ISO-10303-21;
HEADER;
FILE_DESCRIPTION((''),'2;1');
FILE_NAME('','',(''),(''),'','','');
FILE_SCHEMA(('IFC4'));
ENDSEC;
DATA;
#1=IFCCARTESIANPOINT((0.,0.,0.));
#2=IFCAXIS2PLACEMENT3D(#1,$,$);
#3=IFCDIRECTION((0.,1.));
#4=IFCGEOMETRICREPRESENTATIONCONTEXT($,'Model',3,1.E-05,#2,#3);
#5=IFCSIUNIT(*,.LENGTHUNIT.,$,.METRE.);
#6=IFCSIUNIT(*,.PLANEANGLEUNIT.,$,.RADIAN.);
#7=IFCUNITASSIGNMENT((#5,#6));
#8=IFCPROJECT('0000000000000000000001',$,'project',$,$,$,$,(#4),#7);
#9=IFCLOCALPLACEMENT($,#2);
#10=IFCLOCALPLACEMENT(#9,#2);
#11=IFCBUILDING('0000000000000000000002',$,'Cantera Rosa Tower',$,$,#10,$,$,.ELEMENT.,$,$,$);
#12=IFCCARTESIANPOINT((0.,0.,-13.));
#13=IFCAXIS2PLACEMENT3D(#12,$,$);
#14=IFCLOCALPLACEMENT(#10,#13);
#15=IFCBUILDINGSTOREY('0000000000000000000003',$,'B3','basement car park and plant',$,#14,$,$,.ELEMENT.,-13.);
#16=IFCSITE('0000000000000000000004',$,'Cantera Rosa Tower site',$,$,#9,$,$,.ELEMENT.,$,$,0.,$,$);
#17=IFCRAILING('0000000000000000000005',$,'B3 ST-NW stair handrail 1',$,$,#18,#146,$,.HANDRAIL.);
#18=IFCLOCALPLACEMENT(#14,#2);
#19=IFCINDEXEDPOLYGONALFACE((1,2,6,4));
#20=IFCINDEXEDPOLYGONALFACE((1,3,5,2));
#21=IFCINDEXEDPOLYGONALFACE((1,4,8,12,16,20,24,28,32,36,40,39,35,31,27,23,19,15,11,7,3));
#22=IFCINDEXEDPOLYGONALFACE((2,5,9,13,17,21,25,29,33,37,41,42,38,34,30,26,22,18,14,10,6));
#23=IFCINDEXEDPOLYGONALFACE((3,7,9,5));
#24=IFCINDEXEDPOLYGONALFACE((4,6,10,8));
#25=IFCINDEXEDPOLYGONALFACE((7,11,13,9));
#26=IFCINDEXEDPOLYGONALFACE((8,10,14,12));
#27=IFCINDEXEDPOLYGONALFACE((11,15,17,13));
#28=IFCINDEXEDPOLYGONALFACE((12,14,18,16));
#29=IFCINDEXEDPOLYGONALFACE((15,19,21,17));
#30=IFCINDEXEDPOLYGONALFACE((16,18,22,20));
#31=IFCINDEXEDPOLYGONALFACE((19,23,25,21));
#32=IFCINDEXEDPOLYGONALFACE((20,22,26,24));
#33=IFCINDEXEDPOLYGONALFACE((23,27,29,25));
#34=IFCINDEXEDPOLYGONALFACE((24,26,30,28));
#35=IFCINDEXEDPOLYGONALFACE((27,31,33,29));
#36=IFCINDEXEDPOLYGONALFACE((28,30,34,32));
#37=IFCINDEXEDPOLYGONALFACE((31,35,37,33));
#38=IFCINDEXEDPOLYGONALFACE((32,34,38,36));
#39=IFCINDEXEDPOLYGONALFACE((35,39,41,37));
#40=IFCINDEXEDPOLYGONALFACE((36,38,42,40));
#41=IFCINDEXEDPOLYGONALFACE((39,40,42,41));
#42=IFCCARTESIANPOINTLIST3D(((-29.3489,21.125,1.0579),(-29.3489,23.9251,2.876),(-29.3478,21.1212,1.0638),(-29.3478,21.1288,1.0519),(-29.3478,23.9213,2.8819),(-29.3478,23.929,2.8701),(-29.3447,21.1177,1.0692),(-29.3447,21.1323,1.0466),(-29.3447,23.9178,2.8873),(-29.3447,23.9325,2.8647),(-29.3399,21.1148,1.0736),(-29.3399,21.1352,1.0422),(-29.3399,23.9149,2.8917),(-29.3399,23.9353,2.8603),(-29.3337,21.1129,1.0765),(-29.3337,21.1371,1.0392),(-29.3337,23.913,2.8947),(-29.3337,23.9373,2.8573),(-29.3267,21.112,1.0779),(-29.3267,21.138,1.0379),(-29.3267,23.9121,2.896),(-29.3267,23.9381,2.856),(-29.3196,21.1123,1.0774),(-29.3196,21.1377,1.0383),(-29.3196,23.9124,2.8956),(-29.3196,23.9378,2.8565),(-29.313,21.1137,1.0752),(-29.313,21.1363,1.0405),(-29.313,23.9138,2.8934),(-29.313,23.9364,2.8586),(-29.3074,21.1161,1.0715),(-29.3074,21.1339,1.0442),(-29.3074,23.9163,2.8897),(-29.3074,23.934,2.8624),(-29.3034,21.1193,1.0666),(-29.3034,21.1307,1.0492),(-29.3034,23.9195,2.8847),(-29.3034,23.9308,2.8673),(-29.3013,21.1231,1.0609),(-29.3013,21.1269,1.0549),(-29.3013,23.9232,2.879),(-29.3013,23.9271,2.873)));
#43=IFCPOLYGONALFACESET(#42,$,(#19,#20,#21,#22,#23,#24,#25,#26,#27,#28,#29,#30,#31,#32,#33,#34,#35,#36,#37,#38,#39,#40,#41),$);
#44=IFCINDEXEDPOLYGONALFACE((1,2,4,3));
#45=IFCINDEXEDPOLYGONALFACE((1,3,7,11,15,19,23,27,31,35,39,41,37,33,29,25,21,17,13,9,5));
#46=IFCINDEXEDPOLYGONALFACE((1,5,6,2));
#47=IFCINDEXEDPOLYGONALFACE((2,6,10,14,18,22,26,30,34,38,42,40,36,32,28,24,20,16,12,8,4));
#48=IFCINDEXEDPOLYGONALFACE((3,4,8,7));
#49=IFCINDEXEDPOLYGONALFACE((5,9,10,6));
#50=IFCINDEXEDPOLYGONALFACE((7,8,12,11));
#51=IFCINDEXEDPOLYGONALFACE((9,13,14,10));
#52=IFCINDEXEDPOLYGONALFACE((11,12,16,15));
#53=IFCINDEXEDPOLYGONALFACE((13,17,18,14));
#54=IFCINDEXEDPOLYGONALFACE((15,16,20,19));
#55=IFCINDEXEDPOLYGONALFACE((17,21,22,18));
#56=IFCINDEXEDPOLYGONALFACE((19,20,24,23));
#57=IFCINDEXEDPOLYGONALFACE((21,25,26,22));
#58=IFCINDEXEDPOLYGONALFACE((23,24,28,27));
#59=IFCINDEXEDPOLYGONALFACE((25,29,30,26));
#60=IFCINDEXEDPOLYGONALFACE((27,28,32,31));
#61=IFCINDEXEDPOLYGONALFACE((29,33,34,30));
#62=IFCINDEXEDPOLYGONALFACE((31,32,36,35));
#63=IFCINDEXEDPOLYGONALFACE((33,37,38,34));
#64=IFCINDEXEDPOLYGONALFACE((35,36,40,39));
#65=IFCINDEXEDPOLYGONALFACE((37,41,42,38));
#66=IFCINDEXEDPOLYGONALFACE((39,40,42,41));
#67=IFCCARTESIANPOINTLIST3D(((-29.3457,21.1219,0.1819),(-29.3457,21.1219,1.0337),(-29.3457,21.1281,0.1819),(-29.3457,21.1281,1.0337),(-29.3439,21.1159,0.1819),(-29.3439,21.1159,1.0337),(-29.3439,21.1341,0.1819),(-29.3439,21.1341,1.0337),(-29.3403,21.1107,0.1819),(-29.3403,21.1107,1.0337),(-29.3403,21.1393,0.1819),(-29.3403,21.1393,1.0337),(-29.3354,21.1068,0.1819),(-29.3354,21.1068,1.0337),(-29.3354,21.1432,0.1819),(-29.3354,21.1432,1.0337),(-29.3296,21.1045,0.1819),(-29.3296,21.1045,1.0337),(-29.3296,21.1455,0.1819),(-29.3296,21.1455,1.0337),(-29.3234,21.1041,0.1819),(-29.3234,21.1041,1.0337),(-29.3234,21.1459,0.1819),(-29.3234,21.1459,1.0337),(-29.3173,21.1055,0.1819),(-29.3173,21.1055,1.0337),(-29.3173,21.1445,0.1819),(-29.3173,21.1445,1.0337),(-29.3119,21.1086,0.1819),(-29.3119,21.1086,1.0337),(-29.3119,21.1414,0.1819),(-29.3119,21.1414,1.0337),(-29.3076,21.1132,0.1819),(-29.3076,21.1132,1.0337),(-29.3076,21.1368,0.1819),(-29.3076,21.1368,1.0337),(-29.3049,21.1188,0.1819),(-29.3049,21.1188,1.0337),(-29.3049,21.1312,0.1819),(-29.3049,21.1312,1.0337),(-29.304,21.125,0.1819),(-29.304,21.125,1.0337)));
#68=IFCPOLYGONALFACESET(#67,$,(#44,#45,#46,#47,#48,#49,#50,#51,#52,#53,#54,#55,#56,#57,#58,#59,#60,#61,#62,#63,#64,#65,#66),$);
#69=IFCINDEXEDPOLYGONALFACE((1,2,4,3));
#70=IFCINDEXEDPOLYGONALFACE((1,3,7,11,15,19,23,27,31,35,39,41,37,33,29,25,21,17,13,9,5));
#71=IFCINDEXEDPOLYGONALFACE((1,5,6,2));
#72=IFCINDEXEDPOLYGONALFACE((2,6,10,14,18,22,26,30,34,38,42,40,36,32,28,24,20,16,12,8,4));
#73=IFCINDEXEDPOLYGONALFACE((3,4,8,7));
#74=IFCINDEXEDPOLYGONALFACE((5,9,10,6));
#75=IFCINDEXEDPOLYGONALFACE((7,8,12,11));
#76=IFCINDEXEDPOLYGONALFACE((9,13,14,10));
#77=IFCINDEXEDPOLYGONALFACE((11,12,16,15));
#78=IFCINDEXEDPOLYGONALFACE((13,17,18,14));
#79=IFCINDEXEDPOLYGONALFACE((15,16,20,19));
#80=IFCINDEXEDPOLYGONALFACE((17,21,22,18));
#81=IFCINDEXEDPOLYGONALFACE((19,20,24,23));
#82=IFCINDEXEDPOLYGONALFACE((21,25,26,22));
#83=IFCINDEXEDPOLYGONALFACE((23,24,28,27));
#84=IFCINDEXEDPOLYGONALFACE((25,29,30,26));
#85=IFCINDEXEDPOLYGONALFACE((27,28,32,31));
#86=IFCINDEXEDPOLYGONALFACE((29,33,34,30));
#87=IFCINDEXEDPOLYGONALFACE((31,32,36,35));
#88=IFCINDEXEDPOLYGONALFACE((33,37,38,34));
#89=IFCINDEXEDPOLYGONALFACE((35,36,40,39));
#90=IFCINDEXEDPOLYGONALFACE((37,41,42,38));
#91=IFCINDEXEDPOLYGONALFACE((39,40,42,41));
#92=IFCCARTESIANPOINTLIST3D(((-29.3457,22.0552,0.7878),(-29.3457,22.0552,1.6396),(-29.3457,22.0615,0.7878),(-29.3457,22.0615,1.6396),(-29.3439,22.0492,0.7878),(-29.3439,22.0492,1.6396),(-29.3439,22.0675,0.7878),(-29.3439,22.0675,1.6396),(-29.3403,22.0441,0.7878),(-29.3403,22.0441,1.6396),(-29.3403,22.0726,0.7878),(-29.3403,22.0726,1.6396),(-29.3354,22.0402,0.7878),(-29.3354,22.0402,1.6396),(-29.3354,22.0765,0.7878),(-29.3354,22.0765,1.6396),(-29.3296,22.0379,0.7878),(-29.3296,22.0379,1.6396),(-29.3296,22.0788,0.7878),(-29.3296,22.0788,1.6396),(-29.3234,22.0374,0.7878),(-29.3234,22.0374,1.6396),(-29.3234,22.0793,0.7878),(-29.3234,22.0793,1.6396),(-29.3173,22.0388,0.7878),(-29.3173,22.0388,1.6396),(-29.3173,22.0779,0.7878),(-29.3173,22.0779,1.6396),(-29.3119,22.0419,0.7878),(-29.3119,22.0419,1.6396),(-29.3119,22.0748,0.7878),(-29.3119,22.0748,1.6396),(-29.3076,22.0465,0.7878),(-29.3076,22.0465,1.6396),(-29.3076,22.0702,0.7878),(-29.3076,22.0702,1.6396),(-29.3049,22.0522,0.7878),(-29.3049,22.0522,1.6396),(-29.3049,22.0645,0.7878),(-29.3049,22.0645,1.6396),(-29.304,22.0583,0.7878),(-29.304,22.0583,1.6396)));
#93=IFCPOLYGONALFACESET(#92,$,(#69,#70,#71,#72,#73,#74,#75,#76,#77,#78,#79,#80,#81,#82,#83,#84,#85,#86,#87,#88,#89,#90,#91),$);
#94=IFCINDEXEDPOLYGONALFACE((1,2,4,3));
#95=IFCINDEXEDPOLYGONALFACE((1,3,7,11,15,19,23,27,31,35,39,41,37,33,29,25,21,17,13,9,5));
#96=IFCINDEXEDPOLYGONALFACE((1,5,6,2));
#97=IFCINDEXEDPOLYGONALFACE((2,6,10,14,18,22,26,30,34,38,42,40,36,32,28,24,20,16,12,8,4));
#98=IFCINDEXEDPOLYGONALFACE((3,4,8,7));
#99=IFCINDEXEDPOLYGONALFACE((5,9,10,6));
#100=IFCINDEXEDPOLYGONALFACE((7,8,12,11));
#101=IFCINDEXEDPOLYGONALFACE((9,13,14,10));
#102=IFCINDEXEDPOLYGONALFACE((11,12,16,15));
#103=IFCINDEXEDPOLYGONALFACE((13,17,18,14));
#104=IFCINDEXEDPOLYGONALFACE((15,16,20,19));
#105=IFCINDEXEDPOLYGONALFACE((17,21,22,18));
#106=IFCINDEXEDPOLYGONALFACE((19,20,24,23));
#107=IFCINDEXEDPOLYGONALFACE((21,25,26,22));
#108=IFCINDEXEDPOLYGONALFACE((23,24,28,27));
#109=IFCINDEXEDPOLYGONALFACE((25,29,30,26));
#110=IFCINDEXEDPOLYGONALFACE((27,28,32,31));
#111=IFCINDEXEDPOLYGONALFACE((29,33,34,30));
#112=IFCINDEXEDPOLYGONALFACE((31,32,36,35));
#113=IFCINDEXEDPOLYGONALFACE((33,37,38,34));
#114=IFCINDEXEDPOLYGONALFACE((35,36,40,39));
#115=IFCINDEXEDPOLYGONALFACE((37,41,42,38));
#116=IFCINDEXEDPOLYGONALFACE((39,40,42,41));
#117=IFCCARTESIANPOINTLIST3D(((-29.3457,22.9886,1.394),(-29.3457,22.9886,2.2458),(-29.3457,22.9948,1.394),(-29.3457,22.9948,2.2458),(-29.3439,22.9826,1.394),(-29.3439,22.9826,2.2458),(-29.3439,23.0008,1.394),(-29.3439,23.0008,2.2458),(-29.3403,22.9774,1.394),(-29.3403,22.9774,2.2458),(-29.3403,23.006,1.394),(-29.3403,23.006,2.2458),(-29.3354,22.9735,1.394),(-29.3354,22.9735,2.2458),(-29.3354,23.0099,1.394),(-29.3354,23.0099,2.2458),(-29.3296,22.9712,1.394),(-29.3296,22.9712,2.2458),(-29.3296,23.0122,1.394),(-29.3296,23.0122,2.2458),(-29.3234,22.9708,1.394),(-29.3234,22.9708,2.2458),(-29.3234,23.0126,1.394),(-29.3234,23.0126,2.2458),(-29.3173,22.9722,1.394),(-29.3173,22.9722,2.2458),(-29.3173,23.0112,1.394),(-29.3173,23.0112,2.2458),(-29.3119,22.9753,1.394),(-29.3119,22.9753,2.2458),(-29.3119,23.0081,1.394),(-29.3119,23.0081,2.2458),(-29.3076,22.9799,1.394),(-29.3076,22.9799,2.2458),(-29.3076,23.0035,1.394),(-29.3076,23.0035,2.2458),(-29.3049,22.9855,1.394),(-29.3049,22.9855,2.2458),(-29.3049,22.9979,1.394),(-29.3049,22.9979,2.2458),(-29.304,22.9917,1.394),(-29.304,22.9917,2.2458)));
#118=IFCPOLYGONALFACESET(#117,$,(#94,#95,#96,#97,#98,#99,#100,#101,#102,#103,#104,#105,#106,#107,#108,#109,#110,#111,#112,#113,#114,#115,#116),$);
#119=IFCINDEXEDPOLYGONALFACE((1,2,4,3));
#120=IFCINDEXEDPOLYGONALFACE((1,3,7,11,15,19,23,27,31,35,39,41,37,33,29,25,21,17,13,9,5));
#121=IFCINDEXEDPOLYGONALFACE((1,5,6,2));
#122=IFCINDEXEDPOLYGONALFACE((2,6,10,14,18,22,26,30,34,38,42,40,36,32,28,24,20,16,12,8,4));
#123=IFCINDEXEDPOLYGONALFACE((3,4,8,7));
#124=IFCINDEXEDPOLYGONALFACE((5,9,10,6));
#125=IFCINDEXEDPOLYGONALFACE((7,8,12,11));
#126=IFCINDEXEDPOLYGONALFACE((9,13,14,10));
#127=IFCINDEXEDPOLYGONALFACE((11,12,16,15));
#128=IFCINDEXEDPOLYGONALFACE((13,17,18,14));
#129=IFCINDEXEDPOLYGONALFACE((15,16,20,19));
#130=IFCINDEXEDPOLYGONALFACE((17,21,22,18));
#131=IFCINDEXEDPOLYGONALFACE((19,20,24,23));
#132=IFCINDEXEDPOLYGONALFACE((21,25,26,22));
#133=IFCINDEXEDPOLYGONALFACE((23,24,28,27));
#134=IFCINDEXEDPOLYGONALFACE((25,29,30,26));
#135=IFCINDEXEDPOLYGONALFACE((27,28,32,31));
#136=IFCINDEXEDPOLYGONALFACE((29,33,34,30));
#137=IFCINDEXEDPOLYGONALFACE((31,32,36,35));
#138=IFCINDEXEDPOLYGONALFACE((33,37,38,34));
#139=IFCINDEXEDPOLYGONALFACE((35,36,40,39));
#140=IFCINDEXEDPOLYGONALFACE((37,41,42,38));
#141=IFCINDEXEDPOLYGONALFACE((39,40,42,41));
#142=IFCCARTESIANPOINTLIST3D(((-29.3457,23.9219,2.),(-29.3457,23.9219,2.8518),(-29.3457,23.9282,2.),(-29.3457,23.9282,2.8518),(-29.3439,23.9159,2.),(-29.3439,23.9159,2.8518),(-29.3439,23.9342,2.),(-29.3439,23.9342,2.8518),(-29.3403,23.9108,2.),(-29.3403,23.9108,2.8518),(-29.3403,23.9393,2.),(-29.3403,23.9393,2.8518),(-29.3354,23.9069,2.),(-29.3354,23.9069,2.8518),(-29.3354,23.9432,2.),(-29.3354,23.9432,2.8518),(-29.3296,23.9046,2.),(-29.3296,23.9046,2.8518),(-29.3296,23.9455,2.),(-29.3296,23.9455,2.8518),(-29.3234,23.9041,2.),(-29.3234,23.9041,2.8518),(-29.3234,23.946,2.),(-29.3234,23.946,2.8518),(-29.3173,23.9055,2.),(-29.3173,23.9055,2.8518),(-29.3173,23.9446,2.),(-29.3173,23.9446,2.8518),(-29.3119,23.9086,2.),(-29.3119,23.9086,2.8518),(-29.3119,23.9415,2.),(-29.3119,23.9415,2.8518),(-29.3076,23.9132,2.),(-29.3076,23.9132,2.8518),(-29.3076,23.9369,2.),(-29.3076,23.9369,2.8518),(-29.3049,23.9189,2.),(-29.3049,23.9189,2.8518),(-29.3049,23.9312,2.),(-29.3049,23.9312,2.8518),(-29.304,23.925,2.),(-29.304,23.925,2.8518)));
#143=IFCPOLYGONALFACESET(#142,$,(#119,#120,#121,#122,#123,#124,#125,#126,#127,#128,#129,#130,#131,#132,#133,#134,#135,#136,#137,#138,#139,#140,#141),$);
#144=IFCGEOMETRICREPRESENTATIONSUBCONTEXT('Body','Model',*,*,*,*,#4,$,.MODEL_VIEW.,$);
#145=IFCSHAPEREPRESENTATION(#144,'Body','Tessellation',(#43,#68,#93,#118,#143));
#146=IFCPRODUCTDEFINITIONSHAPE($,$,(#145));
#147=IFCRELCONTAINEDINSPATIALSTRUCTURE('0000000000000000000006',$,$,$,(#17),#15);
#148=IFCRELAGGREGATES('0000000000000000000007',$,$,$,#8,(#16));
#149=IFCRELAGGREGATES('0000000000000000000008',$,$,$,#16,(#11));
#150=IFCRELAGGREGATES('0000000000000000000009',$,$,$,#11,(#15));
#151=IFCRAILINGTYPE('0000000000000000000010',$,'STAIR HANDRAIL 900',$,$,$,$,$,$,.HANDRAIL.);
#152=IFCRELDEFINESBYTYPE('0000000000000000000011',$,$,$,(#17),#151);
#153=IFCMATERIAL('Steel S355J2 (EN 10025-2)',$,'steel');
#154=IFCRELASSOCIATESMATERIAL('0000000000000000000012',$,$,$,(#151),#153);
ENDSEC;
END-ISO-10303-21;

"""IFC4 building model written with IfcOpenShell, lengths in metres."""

from ifc_helpers import new_model, si_unit, direction, frame, origin, origin_2d, place, context, subcontext, project, spatial, circle, extrude, material, type_object, element, save


model = new_model("IFC4")

# Units and contexts
model_context = context("Model", 3, precision=1e-05, world=origin(), true_north=direction((0.0, 1.0)))
body_context = subcontext(model_context, "Body", "Model", "MODEL_VIEW")
ifc_project = project(units=[si_unit("LENGTHUNIT", "METRE"), si_unit("PLANEANGLEUNIT", "RADIAN")], contexts=[model_context])

# Site, building, storey
site_placement = place(None, origin())
site = spatial("IfcSite", under=ifc_project, at=site_placement, Name="Cantera Rosa Tower site", CompositionType="ELEMENT", RefElevation=0.0)
building_placement = place(site_placement, origin())
building = spatial("IfcBuilding", under=site, at=building_placement, Name="Cantera Rosa Tower", CompositionType="ELEMENT")
storey_placement = place(building_placement, frame((0.0, 0.0, -13.0)))
storey = spatial("IfcBuildingStorey", under=building, at=storey_placement, Name="B3", Description="basement car park and plant", CompositionType="ELEMENT", Elevation=-13.0)

# Railing
ifc_material_1 = material(Name="Steel S355J2 (EN 10025-2)", Category="steel")
railing_type_1 = type_object("IfcRailingType", Name="STAIR HANDRAIL 900", PredefinedType="HANDRAIL", material=ifc_material_1)
railing_1_placement = place(storey_placement, frame((-29.325, 21.125, 0.1819)))
element("IfcRailing", 1, at=railing_1_placement, inside=storey, type_object=railing_type_1, Name="B3 ST-NW stair handrail 1", PredefinedType="HANDRAIL", context=body_context, shape_type="SweptSolid", body=[
    extrude(circle(Radius=0.0239, at=origin_2d()), frame((0.0, 0.0, 0.876), z_axis=(0.0, 0.838706, 0.544585), x_axis=(-1.0, 0.0, 0.0)), (0.0, 0.0, 1.0), 3.3386),
    extrude(circle(Radius=0.021, at=origin_2d()), origin(), (0.0, 0.0, 1.0), 0.8518),
    extrude(circle(Radius=0.021, at=origin_2d()), frame((0.0, 0.9333, 0.606)), (0.0, 0.0, 1.0), 0.8518),
    extrude(circle(Radius=0.021, at=origin_2d()), frame((0.0, 1.8667, 1.2122)), (0.0, 0.0, 1.0), 0.8518),
    extrude(circle(Radius=0.021, at=origin_2d()), frame((0.0, 2.8, 1.8181)), (0.0, 0.0, 1.0), 0.8518),
])

save(model, "model.ifc")
